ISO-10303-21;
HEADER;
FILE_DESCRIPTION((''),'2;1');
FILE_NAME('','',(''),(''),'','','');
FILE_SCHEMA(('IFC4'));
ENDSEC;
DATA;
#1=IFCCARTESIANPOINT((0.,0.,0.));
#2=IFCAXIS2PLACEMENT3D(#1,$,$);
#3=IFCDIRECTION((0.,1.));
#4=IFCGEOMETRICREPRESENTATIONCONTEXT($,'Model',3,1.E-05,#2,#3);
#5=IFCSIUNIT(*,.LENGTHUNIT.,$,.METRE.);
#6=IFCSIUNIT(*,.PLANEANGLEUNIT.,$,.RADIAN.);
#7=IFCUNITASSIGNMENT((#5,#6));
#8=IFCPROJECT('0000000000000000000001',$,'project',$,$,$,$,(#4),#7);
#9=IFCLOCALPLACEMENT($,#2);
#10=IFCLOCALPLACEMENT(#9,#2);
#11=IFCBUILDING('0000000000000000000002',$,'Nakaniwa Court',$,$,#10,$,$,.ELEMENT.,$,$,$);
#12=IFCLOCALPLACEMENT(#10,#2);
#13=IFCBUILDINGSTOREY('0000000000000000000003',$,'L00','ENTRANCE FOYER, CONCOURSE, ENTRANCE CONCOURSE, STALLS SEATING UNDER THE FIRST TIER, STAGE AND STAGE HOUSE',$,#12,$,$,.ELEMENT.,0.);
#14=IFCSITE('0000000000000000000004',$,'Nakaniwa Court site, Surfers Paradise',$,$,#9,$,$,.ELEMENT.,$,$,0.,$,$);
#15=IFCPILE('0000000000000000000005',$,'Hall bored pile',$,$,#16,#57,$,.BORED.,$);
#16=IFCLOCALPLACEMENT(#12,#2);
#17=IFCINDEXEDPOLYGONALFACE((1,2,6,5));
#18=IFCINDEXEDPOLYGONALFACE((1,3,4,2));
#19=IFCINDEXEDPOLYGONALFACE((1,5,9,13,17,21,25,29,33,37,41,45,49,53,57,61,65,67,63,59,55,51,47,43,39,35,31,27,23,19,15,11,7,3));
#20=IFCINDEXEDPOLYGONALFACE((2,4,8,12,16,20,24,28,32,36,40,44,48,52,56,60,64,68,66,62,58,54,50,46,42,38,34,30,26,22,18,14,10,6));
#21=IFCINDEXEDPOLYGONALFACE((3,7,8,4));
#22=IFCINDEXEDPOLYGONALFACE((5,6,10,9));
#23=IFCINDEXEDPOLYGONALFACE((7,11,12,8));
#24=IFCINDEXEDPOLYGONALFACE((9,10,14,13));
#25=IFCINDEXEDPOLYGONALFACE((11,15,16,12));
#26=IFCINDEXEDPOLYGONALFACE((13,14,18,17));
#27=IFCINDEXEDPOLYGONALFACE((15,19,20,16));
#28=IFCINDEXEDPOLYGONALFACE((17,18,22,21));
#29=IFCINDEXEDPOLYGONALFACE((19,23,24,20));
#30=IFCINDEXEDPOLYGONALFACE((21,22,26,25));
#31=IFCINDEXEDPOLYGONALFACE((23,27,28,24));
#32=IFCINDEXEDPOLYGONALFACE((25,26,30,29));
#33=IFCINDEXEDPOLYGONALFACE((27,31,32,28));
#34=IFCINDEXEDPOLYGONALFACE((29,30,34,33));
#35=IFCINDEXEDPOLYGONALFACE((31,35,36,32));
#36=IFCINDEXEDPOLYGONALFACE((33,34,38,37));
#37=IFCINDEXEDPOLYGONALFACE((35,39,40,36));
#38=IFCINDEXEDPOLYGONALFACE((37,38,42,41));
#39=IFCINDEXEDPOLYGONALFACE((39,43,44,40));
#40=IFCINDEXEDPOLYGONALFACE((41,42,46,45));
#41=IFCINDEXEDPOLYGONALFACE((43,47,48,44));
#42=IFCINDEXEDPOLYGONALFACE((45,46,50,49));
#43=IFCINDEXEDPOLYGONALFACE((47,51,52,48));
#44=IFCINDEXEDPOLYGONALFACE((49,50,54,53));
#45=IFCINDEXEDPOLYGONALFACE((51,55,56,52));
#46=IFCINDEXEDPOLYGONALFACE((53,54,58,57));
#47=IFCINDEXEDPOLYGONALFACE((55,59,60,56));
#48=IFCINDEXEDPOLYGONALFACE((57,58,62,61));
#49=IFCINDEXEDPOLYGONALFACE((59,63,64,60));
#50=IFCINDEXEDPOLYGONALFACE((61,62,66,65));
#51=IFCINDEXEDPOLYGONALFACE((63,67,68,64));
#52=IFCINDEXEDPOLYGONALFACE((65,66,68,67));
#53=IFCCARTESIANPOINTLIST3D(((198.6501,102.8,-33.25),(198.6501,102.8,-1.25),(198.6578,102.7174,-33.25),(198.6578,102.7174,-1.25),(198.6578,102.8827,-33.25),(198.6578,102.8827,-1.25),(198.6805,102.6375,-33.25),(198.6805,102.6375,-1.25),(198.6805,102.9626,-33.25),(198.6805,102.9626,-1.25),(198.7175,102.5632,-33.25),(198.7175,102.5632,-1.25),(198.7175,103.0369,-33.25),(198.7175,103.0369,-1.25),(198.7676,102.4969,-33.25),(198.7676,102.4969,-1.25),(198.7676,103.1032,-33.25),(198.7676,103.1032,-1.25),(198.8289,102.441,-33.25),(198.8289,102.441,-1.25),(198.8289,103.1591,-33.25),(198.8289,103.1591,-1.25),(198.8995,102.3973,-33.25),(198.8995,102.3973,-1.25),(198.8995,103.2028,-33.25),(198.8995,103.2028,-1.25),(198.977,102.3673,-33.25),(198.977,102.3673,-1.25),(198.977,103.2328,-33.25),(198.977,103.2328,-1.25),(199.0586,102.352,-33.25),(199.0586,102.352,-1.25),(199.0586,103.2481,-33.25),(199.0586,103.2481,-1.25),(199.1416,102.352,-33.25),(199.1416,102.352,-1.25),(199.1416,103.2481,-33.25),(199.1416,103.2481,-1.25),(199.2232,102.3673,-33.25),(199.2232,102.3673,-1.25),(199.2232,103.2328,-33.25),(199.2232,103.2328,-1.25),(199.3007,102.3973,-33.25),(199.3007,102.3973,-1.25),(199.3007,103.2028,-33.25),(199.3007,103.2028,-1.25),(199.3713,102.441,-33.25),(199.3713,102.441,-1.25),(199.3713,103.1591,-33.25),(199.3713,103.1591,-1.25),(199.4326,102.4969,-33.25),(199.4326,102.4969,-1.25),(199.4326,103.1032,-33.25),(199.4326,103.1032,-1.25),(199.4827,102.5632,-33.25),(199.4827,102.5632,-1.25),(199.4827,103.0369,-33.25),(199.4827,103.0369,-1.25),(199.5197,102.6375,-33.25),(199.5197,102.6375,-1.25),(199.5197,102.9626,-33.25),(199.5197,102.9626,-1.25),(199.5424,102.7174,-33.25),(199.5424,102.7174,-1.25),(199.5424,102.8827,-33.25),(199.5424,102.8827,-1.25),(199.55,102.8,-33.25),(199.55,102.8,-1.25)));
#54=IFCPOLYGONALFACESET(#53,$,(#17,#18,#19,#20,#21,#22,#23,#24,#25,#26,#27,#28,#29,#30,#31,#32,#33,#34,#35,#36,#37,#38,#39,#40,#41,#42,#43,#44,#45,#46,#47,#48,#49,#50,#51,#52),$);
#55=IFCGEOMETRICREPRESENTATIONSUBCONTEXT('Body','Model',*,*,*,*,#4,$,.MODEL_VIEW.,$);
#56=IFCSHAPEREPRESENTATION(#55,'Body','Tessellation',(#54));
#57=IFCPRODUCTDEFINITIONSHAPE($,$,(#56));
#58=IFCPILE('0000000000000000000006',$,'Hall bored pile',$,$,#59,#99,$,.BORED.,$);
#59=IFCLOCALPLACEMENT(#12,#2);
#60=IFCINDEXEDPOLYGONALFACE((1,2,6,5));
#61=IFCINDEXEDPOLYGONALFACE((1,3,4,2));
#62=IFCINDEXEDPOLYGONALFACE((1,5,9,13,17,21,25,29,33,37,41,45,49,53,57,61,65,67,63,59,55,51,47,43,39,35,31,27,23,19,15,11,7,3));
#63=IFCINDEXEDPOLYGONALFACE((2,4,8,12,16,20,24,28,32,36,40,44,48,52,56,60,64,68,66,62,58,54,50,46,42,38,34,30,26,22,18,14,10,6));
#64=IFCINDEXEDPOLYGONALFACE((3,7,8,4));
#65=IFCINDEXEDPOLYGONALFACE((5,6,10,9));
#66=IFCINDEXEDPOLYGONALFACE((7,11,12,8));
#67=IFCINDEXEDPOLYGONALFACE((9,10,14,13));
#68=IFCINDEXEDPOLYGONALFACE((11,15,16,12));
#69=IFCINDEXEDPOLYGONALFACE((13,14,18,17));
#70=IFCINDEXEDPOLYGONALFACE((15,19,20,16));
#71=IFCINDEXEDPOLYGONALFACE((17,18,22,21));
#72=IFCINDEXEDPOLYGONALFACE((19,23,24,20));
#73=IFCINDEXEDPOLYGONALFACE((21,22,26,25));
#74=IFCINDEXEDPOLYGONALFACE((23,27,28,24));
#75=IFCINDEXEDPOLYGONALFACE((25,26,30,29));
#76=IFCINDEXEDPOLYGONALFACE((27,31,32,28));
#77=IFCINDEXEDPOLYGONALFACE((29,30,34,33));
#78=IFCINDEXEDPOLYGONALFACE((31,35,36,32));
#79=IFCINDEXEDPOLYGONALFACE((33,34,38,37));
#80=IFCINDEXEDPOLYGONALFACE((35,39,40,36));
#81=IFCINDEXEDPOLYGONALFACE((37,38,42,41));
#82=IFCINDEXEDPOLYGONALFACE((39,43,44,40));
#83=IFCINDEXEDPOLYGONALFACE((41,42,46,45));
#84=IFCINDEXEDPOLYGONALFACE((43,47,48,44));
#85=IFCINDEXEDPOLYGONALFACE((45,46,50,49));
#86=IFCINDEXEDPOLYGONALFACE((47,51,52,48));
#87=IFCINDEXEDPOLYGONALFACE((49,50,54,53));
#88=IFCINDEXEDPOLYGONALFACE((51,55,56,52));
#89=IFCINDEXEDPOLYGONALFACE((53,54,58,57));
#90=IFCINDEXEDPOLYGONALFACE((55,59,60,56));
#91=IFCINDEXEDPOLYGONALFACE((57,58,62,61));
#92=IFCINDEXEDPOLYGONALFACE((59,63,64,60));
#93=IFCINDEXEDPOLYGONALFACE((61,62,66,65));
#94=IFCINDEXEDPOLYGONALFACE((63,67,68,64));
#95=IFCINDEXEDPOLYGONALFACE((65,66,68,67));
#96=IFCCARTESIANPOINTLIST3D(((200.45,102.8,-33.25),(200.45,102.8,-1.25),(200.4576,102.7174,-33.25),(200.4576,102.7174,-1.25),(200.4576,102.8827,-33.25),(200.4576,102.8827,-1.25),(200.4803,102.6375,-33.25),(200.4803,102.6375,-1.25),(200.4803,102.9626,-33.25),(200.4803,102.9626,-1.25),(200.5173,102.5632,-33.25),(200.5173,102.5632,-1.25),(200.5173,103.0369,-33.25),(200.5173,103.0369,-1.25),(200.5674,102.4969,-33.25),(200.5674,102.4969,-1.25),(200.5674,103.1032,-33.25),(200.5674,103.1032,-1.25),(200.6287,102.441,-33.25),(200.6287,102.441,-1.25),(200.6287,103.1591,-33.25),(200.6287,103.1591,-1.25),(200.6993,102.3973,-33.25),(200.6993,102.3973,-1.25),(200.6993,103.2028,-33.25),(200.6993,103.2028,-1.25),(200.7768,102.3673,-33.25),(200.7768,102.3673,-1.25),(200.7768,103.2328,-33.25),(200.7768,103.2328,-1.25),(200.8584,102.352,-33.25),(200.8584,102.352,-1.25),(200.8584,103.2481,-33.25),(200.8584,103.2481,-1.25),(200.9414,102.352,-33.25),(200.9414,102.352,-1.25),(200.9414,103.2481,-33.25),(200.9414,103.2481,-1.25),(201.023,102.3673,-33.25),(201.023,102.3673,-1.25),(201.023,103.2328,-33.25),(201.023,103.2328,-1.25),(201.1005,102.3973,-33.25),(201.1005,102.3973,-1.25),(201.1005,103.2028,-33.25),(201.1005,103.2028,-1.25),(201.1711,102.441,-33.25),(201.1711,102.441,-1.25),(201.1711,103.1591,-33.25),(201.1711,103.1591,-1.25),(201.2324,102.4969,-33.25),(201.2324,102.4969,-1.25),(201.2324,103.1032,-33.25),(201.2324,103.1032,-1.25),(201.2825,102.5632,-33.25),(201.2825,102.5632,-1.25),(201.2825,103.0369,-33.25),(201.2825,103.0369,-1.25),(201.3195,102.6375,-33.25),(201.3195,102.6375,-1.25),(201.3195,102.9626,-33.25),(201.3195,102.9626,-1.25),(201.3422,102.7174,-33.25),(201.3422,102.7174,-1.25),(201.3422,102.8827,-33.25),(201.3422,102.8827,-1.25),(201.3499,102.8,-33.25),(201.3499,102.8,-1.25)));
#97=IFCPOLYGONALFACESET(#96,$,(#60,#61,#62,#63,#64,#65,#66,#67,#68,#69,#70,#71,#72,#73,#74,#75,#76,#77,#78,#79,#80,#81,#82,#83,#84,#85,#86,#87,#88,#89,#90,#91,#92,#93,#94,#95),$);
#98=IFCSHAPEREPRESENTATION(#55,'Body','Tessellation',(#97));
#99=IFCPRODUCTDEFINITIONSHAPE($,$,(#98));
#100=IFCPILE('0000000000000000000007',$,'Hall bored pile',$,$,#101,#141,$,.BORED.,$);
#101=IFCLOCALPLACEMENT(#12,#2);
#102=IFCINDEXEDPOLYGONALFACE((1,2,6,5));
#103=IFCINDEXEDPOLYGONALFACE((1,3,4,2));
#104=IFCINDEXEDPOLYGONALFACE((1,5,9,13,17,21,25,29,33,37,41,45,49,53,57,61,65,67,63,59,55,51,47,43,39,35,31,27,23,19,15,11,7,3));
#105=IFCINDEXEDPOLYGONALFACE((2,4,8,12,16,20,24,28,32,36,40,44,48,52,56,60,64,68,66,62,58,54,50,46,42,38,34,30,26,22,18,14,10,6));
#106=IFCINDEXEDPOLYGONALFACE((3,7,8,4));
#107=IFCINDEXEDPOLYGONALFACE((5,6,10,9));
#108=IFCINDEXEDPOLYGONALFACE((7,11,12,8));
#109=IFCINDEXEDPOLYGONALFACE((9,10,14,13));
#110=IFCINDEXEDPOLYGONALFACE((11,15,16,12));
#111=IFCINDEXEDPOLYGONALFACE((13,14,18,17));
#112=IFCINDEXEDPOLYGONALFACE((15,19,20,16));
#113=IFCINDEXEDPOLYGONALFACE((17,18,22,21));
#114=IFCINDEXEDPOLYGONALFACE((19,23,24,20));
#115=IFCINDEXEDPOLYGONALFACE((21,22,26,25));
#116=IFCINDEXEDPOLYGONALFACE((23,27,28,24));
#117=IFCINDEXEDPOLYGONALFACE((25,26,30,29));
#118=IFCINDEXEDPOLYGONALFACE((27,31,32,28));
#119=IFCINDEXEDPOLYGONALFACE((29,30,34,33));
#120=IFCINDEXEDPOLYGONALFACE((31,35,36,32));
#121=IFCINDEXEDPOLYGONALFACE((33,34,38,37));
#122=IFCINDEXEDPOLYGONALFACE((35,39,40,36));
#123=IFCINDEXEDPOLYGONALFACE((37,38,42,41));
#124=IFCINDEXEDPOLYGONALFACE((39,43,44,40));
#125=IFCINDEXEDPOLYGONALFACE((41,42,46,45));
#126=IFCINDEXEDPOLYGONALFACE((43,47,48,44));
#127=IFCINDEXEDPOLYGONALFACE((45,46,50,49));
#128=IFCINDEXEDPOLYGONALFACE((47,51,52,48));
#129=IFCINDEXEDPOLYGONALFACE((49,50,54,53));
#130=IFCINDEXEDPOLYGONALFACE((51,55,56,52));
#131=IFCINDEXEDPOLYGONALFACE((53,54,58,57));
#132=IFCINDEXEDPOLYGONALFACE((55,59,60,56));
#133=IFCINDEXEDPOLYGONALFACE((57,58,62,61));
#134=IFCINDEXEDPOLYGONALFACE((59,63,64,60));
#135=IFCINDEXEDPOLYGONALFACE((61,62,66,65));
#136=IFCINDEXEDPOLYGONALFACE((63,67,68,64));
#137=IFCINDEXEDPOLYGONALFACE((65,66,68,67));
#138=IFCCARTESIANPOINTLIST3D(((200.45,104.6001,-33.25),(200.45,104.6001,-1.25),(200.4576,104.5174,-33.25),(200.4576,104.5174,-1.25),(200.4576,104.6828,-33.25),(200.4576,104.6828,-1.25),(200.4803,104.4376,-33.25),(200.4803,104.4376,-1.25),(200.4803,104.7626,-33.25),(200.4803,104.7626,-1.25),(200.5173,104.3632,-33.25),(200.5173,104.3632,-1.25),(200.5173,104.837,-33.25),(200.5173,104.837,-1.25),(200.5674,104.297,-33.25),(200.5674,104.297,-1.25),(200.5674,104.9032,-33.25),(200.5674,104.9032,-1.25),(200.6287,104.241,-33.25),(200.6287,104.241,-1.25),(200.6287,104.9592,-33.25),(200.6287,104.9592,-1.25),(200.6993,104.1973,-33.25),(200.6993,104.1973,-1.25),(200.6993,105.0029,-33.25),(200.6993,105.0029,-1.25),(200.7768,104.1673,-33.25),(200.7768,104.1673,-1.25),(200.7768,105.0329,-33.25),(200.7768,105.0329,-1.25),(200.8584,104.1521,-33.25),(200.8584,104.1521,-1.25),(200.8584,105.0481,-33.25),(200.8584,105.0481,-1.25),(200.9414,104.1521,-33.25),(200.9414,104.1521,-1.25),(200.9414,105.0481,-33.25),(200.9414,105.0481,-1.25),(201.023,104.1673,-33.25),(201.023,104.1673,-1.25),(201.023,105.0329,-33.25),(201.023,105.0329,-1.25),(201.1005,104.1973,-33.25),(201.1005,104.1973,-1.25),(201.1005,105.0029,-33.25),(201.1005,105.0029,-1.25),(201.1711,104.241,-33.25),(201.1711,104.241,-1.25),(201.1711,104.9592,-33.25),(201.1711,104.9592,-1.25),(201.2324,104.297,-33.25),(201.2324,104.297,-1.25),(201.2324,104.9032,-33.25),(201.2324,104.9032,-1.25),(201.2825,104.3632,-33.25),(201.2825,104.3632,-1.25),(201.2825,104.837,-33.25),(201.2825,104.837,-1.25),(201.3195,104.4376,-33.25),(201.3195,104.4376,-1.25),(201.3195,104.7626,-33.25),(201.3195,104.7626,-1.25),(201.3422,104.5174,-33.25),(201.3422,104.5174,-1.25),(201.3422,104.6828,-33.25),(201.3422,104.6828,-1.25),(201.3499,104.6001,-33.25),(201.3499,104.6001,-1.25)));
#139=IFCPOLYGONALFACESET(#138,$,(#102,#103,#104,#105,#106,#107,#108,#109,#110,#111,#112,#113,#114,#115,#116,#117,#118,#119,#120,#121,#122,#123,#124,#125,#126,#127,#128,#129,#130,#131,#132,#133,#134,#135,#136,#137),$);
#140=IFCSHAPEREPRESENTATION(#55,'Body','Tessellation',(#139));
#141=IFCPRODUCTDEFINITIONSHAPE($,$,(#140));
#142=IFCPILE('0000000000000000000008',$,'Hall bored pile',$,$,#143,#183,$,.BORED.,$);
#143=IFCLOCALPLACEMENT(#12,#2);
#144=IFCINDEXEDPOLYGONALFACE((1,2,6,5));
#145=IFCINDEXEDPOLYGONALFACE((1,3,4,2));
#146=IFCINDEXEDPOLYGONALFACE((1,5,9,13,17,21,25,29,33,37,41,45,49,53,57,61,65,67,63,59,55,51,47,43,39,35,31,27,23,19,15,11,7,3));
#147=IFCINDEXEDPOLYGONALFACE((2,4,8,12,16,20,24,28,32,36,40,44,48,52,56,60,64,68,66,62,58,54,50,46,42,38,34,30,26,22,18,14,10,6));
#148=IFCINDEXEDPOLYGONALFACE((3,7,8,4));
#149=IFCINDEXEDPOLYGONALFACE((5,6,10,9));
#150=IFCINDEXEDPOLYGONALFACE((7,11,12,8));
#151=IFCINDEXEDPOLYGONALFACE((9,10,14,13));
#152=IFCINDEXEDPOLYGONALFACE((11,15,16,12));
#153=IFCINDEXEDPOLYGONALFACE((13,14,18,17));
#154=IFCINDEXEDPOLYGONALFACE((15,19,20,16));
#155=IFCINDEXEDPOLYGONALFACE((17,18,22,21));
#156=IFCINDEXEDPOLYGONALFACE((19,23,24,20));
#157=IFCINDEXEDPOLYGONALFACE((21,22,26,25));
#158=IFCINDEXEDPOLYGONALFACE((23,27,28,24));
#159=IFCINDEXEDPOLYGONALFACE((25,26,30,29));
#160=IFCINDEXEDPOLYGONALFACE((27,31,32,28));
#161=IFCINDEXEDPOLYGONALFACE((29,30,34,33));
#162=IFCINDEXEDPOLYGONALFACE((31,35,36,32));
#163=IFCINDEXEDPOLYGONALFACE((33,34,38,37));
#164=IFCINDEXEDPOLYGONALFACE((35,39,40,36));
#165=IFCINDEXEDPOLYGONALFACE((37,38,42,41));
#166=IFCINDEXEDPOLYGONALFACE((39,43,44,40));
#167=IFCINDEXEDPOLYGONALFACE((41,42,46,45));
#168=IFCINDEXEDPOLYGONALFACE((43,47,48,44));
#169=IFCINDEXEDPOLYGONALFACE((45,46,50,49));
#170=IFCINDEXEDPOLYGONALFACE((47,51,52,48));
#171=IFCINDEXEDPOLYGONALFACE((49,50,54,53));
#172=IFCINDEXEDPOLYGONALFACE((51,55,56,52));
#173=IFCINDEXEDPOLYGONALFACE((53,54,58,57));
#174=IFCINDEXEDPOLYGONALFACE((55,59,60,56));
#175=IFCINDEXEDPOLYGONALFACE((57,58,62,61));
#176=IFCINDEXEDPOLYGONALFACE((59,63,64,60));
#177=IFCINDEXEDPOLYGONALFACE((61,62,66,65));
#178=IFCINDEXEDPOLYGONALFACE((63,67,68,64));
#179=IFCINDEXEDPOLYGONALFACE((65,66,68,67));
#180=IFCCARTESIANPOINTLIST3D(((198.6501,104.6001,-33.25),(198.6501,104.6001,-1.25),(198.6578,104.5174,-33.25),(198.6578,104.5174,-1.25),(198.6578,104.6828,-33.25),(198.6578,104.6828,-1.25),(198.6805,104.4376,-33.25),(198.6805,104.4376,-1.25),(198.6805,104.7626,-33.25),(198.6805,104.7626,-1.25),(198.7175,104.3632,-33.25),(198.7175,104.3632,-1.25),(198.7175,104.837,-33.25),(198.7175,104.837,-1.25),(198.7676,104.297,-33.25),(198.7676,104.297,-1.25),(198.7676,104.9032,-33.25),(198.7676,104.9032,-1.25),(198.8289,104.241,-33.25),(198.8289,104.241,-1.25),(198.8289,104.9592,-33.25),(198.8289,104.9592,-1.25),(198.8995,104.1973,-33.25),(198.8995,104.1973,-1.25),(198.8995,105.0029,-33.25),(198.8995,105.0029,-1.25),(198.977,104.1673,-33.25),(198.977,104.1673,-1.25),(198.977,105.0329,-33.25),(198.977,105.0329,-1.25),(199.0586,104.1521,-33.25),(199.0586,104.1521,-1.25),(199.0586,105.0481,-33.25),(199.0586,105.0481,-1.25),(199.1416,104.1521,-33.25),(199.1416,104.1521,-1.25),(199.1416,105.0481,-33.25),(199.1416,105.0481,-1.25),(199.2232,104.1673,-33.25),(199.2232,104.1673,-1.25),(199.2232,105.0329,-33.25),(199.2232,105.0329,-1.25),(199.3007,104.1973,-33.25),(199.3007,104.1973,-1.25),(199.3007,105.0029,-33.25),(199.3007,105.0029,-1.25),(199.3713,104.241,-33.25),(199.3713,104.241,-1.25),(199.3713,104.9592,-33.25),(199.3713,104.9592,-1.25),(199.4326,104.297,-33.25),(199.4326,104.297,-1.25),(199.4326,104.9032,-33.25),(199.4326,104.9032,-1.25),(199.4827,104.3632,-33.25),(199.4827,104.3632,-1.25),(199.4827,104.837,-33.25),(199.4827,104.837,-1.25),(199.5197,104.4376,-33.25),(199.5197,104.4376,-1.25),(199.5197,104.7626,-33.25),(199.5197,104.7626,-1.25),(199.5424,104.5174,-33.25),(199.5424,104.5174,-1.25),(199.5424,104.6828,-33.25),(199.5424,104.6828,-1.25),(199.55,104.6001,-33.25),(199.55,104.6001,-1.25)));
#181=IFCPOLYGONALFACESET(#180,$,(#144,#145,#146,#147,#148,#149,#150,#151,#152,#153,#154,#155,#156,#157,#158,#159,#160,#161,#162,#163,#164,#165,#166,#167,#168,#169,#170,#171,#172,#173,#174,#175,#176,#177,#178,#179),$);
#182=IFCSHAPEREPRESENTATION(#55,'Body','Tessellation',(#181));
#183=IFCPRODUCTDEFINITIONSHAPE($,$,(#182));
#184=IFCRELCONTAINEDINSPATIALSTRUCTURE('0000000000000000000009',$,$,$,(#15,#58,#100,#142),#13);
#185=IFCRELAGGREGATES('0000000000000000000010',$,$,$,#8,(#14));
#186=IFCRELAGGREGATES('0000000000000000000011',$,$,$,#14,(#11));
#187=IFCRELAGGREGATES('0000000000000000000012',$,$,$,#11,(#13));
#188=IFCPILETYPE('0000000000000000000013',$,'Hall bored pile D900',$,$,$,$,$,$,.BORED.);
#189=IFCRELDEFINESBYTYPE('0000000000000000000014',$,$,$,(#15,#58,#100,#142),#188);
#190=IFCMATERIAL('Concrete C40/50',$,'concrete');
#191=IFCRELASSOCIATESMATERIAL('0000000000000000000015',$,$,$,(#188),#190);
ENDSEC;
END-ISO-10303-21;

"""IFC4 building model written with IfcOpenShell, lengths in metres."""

from ifc_helpers import new_model, si_unit, direction, frame, origin, origin_2d, place, context, subcontext, project, spatial, circle, extrude, material, material_profile, profile_set, type_object, element, save


model = new_model("IFC4")

# Units and contexts
model_context = context("Model", 3, precision=1e-05, world=origin(), true_north=direction((0.0, 1.0)))
body_context = subcontext(model_context, "Body", "Model", "MODEL_VIEW")
ifc_project = project(units=[si_unit("LENGTHUNIT", "METRE"), si_unit("PLANEANGLEUNIT", "RADIAN")], contexts=[model_context])

# Site, building, storey
site_placement = place(None, origin())
site = spatial("IfcSite", under=ifc_project, at=site_placement, Name="Nakaniwa Court site, Surfers Paradise", CompositionType="ELEMENT", RefElevation=0.0)
building_placement = place(site_placement, origin())
building = spatial("IfcBuilding", under=site, at=building_placement, Name="Nakaniwa Court", CompositionType="ELEMENT")
storey_placement = place(building_placement, origin())
storey = spatial("IfcBuildingStorey", under=building, at=storey_placement, Name="L00", Description="ENTRANCE FOYER, CONCOURSE, ENTRANCE CONCOURSE, STALLS SEATING UNDER THE FIRST TIER, STAGE AND STAGE HOUSE", CompositionType="ELEMENT", Elevation=0.0)

# Piles
ifc_material_1 = material(Name="Concrete C40/50", Category="concrete")
ifc_material_profile_1 = material_profile(ifc_material_1, circle(Radius=0.45, at=origin_2d()), Name="Bored pile D900")
ifc_profile_set_1 = profile_set([ifc_material_profile_1], Name="Concrete C40/50")
pile_type = type_object("IfcPileType", Name="Hall bored pile D900", PredefinedType="BORED", material=ifc_profile_set_1)
for number, where, z_axis, x_axis, name in (
    (1, (199.1001, 102.8, -1.25), (0.0, 0.0, -1.0), (1.0, 0.0, 0.0), "Hall bored pile"),
    (2, (200.8999, 102.8, -1.25), (0.0, 0.0, -1.0), (1.0, 0.0, 0.0), "Hall bored pile"),
    (3, (200.8999, 104.6001, -1.25), (0.0, 0.0, -1.0), (1.0, 0.0, 0.0), "Hall bored pile"),
    (4, (199.1001, 104.6001, -1.25), (0.0, 0.0, -1.0), (1.0, 0.0, 0.0), "Hall bored pile"),
):
    element("IfcPile", number, at=place(storey_placement, frame(where, z_axis=z_axis, x_axis=x_axis)), inside=storey, type_object=pile_type, Name=name, PredefinedType="BORED", context=body_context, shape_type="SweptSolid", body=[
        extrude(circle(Radius=0.45, at=origin_2d()), origin(), (0.0, 0.0, 1.0), 32.0),
    ])

save(model, "model.ifc")
